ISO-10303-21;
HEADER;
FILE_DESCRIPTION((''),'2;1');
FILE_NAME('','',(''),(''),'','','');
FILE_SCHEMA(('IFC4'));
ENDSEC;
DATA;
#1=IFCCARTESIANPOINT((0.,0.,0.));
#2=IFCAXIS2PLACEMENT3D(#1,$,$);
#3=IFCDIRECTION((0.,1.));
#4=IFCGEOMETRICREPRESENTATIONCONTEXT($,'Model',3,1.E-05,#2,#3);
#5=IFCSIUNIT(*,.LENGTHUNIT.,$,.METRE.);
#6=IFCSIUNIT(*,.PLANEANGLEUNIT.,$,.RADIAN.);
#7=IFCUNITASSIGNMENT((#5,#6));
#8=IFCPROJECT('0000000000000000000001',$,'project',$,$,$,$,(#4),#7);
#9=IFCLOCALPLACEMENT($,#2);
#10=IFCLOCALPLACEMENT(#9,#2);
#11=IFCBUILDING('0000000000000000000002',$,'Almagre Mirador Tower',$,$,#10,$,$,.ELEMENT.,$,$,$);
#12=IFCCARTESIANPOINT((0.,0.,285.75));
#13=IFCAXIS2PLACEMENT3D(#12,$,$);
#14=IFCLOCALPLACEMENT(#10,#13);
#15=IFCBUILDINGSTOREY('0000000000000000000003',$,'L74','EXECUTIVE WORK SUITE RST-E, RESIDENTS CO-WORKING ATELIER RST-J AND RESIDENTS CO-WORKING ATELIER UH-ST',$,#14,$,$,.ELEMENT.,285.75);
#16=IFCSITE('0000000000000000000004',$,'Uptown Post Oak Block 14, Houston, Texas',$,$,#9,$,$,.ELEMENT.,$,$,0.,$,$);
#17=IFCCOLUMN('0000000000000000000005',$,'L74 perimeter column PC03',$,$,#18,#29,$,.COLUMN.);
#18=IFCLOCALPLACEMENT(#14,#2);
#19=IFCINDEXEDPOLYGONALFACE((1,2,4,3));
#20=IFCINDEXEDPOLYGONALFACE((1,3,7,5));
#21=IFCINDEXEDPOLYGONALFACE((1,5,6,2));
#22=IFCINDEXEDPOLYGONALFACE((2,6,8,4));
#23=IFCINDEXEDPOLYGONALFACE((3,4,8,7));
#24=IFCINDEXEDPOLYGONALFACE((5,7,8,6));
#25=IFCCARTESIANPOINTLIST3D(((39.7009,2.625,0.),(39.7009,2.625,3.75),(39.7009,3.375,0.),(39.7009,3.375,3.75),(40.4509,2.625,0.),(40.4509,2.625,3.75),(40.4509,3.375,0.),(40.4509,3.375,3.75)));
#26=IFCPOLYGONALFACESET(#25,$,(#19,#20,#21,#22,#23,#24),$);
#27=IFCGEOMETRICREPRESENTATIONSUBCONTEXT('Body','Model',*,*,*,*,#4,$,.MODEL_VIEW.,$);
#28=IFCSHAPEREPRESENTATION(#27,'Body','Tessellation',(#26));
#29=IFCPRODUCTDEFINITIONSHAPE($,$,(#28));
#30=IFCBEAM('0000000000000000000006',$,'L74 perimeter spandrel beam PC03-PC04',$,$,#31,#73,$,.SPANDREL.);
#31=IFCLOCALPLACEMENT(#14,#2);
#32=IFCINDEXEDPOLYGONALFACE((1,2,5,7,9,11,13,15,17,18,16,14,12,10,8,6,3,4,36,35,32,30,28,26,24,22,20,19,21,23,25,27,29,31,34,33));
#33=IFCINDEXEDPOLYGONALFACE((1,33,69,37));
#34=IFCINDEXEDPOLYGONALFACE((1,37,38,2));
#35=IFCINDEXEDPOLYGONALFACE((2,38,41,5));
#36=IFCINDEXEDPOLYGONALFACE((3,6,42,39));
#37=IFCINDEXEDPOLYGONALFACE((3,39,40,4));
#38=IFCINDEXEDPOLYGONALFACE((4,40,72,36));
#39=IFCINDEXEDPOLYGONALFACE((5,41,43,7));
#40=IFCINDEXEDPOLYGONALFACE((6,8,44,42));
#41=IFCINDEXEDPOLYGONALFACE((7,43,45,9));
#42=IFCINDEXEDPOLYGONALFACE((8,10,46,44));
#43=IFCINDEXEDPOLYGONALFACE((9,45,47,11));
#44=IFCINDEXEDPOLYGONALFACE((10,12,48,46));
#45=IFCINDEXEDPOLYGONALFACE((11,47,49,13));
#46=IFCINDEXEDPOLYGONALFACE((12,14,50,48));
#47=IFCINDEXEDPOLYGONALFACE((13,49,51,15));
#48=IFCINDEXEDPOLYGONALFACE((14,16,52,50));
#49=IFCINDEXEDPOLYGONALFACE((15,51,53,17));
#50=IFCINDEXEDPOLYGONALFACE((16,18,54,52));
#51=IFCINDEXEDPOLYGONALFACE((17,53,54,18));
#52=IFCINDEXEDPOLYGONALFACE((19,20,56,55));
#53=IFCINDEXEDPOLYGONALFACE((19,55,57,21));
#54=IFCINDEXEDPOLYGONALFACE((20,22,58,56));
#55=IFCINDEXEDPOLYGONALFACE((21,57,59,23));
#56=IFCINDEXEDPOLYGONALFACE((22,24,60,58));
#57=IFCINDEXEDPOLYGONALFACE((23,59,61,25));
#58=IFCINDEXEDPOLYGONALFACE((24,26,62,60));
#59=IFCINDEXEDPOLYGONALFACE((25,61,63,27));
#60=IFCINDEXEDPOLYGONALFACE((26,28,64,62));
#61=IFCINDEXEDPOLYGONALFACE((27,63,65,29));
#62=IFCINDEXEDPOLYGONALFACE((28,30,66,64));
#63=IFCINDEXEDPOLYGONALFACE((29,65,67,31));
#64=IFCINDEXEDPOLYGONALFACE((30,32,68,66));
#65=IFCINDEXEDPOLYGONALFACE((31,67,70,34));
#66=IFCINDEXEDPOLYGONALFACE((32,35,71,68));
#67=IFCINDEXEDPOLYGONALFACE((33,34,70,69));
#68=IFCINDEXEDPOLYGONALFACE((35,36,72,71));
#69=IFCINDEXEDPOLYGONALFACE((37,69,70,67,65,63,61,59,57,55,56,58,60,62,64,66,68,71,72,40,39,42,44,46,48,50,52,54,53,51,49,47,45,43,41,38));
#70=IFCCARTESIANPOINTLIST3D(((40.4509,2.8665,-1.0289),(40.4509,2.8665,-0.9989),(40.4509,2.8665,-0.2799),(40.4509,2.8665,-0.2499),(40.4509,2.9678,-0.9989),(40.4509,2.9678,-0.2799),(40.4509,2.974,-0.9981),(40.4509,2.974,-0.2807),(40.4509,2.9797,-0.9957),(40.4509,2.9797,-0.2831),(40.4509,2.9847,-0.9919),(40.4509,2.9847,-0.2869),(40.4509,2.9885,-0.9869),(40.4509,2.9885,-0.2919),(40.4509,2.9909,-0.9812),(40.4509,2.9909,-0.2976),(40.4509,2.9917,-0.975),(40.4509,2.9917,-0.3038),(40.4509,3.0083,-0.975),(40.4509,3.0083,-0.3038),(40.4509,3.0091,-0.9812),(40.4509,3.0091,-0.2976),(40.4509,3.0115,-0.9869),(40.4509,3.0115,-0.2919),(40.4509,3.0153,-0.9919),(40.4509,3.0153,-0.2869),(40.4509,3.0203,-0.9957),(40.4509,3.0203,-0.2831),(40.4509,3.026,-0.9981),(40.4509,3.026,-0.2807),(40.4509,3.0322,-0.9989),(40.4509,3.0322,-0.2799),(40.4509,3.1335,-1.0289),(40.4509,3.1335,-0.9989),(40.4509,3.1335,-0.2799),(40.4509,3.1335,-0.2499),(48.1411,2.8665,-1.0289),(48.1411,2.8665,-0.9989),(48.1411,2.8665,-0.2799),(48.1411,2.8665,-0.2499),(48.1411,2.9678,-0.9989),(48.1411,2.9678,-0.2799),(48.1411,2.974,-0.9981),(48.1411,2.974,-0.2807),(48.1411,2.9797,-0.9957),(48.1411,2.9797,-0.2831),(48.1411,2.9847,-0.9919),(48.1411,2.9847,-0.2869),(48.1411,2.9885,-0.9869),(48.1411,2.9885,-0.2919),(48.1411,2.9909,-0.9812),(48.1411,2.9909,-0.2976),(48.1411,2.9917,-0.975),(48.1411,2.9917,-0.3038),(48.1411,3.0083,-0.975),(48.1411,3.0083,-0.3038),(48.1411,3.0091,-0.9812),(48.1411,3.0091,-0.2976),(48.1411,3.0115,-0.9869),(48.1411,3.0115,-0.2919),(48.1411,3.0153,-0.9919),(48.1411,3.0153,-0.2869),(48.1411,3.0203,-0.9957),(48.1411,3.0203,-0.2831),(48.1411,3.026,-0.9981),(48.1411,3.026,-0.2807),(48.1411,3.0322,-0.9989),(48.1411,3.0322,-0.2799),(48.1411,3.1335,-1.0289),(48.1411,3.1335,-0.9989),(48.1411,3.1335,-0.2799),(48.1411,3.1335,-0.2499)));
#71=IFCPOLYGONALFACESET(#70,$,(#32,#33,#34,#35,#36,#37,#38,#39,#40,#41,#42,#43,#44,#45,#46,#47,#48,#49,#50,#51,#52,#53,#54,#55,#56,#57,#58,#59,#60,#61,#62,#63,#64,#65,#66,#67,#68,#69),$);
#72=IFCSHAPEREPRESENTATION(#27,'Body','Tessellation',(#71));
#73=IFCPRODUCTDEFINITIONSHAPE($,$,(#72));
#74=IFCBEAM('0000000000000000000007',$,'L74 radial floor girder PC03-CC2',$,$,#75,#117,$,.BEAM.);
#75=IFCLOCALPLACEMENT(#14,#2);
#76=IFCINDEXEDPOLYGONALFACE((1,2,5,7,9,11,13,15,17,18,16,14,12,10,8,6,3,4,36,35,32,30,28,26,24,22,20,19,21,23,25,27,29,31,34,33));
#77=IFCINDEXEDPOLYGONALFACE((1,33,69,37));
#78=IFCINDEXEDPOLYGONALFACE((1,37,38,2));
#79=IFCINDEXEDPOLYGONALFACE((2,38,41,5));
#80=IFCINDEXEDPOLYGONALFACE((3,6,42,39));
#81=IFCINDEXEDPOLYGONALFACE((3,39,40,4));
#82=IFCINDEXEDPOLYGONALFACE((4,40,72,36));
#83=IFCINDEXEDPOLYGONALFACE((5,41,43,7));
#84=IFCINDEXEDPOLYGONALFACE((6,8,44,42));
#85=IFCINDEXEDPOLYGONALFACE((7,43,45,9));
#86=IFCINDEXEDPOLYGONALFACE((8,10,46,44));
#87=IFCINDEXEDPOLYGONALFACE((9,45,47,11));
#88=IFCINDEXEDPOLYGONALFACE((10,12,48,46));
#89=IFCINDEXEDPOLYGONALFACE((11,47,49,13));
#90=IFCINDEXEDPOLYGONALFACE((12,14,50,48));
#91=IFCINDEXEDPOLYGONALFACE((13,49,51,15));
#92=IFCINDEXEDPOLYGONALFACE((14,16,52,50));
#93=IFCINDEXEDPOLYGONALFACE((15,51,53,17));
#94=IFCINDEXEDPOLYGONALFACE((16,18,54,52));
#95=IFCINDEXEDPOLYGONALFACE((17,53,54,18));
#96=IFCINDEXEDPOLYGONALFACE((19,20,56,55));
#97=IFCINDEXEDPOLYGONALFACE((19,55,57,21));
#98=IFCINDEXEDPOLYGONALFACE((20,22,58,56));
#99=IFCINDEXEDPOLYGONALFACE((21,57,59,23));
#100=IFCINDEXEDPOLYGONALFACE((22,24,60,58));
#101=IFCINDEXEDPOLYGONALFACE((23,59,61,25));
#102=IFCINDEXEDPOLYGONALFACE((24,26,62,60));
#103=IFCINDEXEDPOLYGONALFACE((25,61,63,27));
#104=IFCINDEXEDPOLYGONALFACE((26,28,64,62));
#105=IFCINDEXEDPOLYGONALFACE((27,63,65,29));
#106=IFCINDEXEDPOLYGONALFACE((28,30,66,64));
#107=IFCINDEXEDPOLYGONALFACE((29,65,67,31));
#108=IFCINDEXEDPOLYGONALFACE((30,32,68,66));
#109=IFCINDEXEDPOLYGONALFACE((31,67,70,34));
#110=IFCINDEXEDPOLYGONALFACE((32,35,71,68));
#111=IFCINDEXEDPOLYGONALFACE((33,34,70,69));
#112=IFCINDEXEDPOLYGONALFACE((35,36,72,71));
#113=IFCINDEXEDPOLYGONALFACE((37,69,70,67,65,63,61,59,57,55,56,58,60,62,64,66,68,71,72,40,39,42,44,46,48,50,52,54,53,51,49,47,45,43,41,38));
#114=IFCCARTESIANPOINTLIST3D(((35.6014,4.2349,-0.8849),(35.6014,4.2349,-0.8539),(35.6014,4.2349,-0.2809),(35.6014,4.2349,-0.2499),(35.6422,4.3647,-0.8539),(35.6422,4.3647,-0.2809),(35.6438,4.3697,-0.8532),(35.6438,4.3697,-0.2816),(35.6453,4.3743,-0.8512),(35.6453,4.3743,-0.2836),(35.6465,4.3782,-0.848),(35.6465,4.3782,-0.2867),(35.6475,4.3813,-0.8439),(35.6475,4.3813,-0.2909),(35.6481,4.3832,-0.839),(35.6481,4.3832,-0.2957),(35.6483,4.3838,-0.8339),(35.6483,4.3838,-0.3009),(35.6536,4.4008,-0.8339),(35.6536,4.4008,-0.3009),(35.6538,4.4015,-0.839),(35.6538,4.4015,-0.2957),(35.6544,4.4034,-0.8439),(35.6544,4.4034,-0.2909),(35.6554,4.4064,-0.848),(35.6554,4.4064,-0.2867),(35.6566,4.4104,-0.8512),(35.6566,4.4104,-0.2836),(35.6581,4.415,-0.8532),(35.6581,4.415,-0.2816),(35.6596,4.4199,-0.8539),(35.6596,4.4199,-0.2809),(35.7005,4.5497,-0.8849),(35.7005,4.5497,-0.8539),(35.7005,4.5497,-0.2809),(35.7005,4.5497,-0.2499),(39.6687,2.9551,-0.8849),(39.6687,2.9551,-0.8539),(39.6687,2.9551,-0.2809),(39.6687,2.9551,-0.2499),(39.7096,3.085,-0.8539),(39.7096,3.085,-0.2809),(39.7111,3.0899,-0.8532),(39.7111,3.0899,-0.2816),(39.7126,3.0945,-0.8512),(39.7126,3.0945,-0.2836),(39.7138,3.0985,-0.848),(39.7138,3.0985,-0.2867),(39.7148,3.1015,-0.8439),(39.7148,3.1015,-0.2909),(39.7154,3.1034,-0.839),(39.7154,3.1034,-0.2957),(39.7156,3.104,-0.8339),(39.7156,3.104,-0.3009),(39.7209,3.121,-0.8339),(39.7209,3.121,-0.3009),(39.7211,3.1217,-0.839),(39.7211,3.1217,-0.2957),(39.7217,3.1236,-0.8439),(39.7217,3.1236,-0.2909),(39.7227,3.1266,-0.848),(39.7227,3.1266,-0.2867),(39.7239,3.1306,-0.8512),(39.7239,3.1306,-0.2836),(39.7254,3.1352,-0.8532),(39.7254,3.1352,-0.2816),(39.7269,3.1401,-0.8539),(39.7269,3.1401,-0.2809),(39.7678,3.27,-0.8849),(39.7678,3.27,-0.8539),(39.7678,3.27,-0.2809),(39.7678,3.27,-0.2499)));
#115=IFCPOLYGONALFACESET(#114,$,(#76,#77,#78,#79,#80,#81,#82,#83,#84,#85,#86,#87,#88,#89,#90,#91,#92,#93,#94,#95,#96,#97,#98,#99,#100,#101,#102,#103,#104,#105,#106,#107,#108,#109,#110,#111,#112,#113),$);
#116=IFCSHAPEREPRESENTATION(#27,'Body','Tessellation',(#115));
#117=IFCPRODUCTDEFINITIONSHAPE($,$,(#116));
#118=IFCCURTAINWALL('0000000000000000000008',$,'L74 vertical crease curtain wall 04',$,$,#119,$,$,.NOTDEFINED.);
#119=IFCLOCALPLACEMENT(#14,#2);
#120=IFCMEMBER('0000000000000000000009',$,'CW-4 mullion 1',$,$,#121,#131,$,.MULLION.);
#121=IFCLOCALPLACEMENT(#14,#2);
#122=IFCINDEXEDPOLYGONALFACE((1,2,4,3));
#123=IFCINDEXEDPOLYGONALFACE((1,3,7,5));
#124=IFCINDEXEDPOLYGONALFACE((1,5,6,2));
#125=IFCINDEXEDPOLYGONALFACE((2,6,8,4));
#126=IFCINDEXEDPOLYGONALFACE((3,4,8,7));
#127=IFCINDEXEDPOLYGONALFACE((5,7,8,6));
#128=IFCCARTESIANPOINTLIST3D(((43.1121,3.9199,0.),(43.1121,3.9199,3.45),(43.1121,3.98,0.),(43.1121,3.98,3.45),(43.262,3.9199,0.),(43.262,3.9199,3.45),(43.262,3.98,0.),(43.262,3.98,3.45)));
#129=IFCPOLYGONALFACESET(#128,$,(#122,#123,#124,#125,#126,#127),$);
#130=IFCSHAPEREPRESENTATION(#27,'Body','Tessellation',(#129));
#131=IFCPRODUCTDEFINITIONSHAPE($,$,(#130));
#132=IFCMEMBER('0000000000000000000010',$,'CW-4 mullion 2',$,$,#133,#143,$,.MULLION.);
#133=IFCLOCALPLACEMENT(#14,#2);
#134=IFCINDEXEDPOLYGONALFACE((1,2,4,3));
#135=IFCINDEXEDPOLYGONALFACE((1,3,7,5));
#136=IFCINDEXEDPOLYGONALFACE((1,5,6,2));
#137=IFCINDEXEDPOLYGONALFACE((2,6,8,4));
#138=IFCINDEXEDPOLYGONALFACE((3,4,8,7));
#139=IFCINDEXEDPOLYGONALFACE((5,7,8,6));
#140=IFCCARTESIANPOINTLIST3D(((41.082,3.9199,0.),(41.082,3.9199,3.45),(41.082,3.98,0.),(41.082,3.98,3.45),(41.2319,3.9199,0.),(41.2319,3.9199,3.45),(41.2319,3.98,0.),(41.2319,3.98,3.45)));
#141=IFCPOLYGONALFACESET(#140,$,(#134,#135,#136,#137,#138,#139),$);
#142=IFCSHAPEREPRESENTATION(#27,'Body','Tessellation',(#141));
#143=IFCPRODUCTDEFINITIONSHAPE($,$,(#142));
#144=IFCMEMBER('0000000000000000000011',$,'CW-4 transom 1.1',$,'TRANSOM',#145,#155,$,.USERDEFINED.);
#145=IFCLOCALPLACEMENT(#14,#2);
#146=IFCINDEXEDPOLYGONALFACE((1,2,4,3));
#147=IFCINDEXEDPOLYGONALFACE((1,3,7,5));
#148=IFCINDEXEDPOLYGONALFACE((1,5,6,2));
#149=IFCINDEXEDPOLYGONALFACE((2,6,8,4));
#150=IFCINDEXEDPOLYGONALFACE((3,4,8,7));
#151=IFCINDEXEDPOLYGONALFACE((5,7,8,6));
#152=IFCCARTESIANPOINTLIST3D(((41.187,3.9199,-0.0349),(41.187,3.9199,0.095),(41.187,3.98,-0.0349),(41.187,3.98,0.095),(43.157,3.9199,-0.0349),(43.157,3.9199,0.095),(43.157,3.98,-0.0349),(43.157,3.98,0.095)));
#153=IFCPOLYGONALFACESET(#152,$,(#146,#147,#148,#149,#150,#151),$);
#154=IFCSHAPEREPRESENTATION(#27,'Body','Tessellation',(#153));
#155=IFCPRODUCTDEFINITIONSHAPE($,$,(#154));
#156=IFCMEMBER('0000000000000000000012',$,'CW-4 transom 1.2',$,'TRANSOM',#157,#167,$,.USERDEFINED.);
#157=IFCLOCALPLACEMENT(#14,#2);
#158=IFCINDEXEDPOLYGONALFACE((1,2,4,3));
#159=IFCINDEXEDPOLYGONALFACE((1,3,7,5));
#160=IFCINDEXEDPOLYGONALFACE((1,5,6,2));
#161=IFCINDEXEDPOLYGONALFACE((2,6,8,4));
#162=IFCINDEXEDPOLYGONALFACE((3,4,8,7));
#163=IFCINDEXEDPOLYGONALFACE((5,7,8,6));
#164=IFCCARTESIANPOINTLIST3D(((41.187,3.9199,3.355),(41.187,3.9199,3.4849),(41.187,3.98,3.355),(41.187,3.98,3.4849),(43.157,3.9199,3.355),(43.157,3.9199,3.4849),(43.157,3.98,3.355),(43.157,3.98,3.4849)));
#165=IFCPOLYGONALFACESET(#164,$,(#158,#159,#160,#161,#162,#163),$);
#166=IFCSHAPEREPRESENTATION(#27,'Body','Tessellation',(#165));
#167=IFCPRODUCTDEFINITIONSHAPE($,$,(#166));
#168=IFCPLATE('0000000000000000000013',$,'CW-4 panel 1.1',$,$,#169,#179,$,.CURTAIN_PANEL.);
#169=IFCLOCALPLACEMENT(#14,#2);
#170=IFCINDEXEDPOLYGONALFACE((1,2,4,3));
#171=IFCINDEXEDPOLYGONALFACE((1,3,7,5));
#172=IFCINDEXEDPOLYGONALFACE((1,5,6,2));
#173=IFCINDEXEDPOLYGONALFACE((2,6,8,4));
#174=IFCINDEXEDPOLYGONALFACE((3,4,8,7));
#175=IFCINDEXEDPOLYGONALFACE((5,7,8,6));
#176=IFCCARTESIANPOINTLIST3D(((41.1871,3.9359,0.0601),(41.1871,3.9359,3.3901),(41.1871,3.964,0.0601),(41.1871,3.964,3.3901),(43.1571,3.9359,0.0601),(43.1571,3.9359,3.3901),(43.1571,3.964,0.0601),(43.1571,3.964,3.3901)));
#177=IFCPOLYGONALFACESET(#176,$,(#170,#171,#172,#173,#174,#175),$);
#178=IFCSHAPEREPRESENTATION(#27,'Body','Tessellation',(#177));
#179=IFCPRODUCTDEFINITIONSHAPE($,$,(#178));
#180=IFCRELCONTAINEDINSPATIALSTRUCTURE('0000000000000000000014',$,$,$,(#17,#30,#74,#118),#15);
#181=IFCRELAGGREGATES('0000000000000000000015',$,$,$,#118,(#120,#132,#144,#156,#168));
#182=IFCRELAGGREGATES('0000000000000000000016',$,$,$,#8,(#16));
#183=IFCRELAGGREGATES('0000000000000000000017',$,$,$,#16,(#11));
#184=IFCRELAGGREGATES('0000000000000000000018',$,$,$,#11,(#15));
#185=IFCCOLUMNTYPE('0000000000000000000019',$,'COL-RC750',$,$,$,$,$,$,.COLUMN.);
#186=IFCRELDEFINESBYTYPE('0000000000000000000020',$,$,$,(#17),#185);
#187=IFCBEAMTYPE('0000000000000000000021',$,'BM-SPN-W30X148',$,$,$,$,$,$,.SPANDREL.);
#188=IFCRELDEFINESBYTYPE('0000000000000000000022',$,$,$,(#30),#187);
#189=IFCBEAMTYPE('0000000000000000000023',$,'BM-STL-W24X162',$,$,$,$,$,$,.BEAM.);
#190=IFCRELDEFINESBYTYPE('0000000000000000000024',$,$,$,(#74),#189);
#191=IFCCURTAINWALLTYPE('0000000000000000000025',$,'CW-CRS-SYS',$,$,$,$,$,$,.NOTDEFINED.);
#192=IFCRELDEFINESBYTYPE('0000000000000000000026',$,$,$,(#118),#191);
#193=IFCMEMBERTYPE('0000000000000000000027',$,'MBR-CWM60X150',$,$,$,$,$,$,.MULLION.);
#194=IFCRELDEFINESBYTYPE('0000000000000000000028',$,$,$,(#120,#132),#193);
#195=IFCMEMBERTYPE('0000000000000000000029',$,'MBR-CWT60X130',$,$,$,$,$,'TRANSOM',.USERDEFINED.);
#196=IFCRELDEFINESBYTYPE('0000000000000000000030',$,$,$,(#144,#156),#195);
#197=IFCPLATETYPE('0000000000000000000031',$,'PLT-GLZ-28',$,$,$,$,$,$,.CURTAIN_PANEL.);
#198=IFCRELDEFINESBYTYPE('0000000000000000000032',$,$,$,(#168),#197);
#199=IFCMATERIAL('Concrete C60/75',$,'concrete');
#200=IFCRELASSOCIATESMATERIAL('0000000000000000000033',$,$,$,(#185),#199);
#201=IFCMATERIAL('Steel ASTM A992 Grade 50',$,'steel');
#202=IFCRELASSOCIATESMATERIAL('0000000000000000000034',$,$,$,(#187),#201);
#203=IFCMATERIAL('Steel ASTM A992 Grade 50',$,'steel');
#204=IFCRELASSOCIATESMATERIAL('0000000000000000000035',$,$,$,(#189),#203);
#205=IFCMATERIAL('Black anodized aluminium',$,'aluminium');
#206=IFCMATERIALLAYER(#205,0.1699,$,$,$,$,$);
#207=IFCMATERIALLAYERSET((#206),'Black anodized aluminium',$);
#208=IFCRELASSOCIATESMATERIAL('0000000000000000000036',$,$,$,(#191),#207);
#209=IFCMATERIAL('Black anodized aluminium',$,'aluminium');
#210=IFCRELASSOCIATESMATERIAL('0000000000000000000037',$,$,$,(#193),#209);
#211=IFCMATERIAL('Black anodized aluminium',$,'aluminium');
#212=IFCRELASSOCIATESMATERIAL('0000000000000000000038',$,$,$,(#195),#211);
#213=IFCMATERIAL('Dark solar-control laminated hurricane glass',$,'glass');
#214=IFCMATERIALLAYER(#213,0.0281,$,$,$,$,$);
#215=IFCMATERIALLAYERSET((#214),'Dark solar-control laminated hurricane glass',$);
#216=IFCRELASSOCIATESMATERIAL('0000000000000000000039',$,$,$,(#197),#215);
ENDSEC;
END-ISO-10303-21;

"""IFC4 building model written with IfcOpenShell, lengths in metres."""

from ifc_helpers import new_model, si_unit, direction, frame, origin, origin_2d, place, context, subcontext, project, spatial, rectangle, i_section, extrude, material, layer, layer_set, material_profile, profile_set, type_object, element, aggregate, save


model = new_model("IFC4")

# Units and contexts
model_context = context("Model", 3, precision=1e-05, world=origin(), true_north=direction((0.0, 1.0)))
body_context = subcontext(model_context, "Body", "Model", "MODEL_VIEW")
ifc_project = project(units=[si_unit("LENGTHUNIT", "METRE"), si_unit("PLANEANGLEUNIT", "RADIAN")], contexts=[model_context])

# Site, building, storey
site_placement = place(None, origin())
site = spatial("IfcSite", under=ifc_project, at=site_placement, Name="Uptown Post Oak Block 14, Houston, Texas", CompositionType="ELEMENT", RefElevation=0.0)
building_placement = place(site_placement, origin())
building = spatial("IfcBuilding", under=site, at=building_placement, Name="Almagre Mirador Tower", CompositionType="ELEMENT")
storey_placement = place(building_placement, frame((0.0, 0.0, 285.75)))
storey = spatial("IfcBuildingStorey", under=building, at=storey_placement, Name="L74", Description="EXECUTIVE WORK SUITE RST-E, RESIDENTS CO-WORKING ATELIER RST-J AND RESIDENTS CO-WORKING ATELIER UH-ST", CompositionType="ELEMENT", Elevation=285.75)

# Column
ifc_material_1 = material(Name="Concrete C60/75", Category="concrete")
ifc_material_profile_1 = material_profile(ifc_material_1, rectangle(XDim=0.75, YDim=0.75, at=origin_2d()), Name="RC750X750")
ifc_profile_set_1 = profile_set([ifc_material_profile_1], Name="Concrete C60/75")
column_type = type_object("IfcColumnType", Name="COL-RC750", PredefinedType="COLUMN", material=ifc_profile_set_1)
column_placement = place(storey_placement, frame((40.0759, 3.0, 0.0), z_axis=(0.0, 0.0, 1.0), x_axis=(1.0, 0.0, 0.0)))
element("IfcColumn", 1, at=column_placement, inside=storey, type_object=column_type, Name="L74 perimeter column PC03", PredefinedType="COLUMN", context=body_context, shape_type="SweptSolid", body=[
    extrude(rectangle(XDim=0.75, YDim=0.75, at=origin_2d()), origin(), (0.0, 0.0, 1.0), 3.75),
])

# Beams
ifc_material_2 = material(Name="Steel ASTM A992 Grade 50", Category="steel")
ifc_material_profile_2 = material_profile(ifc_material_2, i_section(OverallWidth=0.2671, OverallDepth=0.7791, WebThickness=0.0166, FlangeThickness=0.03, FilletRadius=0.0239, at=origin_2d()), Name="W30X148")
ifc_profile_set_2 = profile_set([ifc_material_profile_2], Name="Steel ASTM A992 Grade 50")
beam_type_1 = type_object("IfcBeamType", Name="BM-SPN-W30X148", PredefinedType="SPANDREL", material=ifc_profile_set_2)
beam_1_placement = place(storey_placement, frame((40.4509, 3.0, -0.6394), z_axis=(1.0, 0.0, 0.0), x_axis=(0.0, 1.0, 0.0)))
element("IfcBeam", 2, at=beam_1_placement, inside=storey, type_object=beam_type_1, Name="L74 perimeter spandrel beam PC03-PC04", PredefinedType="SPANDREL", context=body_context, shape_type="SweptSolid", body=[
    extrude(i_section(OverallWidth=0.2671, OverallDepth=0.7791, WebThickness=0.0166, FlangeThickness=0.03, FilletRadius=0.0239, at=origin_2d()), origin(), (0.0, 0.0, 1.0), 7.6902),
])
ifc_material_3 = material(Name="Steel ASTM A992 Grade 50", Category="steel")
ifc_material_profile_3 = material_profile(ifc_material_3, i_section(OverallWidth=0.3301, OverallDepth=0.635, WebThickness=0.0178, FlangeThickness=0.031, FilletRadius=0.02, at=origin_2d()), Name="W24X162")
ifc_profile_set_3 = profile_set([ifc_material_profile_3], Name="Steel ASTM A992 Grade 50")
beam_type_2 = type_object("IfcBeamType", Name="BM-STL-W24X162", PredefinedType="BEAM", material=ifc_profile_set_3)
beam_2_placement = place(storey_placement, frame((39.7183, 3.1125, -0.5674), z_axis=(-0.953895, 0.300139, 0.0), x_axis=(-0.300139, -0.953895, 0.0)))
element("IfcBeam", 3, at=beam_2_placement, inside=storey, type_object=beam_type_2, Name="L74 radial floor girder PC03-CC2", PredefinedType="BEAM", context=body_context, shape_type="SweptSolid", body=[
    extrude(i_section(OverallWidth=0.3301, OverallDepth=0.635, WebThickness=0.0178, FlangeThickness=0.031, FilletRadius=0.02, at=origin_2d()), origin(), (0.0, 0.0, 1.0), 4.2639),
])

# Curtain wall, members, plate
ifc_material_4 = material(Name="Black anodized aluminium", Category="aluminium")
ifc_layer_1 = layer(ifc_material_4, 0.1699)
ifc_layer_set_1 = layer_set([ifc_layer_1], Name="Black anodized aluminium")
curtain_wall_type = type_object("IfcCurtainWallType", Name="CW-CRS-SYS", PredefinedType="NOTDEFINED", material=ifc_layer_set_1)
curtain_wall_placement = place(storey_placement, origin())
curtain_wall = element("IfcCurtainWall", 4, at=curtain_wall_placement, inside=storey, type_object=curtain_wall_type, Name="L74 vertical crease curtain wall 04", PredefinedType="NOTDEFINED")
ifc_material_5 = material(Name="Black anodized aluminium", Category="aluminium")
ifc_material_profile_4 = material_profile(ifc_material_5, rectangle(XDim=0.0601, YDim=0.1499, at=origin_2d()), Name="CWM60X150")
ifc_profile_set_4 = profile_set([ifc_material_profile_4], Name="Black anodized aluminium")
member_type_1 = type_object("IfcMemberType", Name="MBR-CWM60X150", PredefinedType="MULLION", material=ifc_profile_set_4)
member_1_placement = place(storey_placement, frame((43.187, 3.95, 0.0), z_axis=(0.0, 0.0, 1.0), x_axis=(0.0, -1.0, 0.0)))
member_1 = element("IfcMember", 5, at=member_1_placement, type_object=member_type_1, Name="CW-4 mullion 1", PredefinedType="MULLION", context=body_context, shape_type="SweptSolid", body=[
    extrude(rectangle(XDim=0.0601, YDim=0.1499, at=origin_2d()), origin(), (0.0, 0.0, 1.0), 3.45),
])
member_2_placement = place(storey_placement, frame((41.157, 3.95, 0.0), z_axis=(0.0, 0.0, 1.0), x_axis=(0.0, -1.0, 0.0)))
member_2 = element("IfcMember", 6, at=member_2_placement, type_object=member_type_1, Name="CW-4 mullion 2", PredefinedType="MULLION", context=body_context, shape_type="SweptSolid", body=[
    extrude(rectangle(XDim=0.0601, YDim=0.1499, at=origin_2d()), origin(), (0.0, 0.0, 1.0), 3.45),
])
ifc_material_6 = material(Name="Black anodized aluminium", Category="aluminium")
ifc_material_profile_5 = material_profile(ifc_material_6, rectangle(XDim=0.0601, YDim=0.1299, at=origin_2d()), Name="CWT60X130")
ifc_profile_set_5 = profile_set([ifc_material_profile_5], Name="Black anodized aluminium")
member_type_2 = type_object("IfcMemberType", Name="MBR-CWT60X130", ElementType="TRANSOM", PredefinedType="USERDEFINED", material=ifc_profile_set_5)
member_3_placement = place(storey_placement, frame((43.157, 3.95, 0.03), z_axis=(-1.0, 0.0, 0.0), x_axis=(0.0, -1.0, 0.0)))
member_3 = element("IfcMember", 7, at=member_3_placement, type_object=member_type_2, Name="CW-4 transom 1.1", ObjectType="TRANSOM", PredefinedType="USERDEFINED", context=body_context, shape_type="SweptSolid", body=[
    extrude(rectangle(XDim=0.0601, YDim=0.1299, at=origin_2d()), origin(), (0.0, 0.0, 1.0), 1.97),
])
member_4_placement = place(storey_placement, frame((43.157, 3.95, 3.4199), z_axis=(-1.0, 0.0, 0.0), x_axis=(0.0, -1.0, 0.0)))
member_4 = element("IfcMember", 8, at=member_4_placement, type_object=member_type_2, Name="CW-4 transom 1.2", ObjectType="TRANSOM", PredefinedType="USERDEFINED", context=body_context, shape_type="SweptSolid", body=[
    extrude(rectangle(XDim=0.0601, YDim=0.1299, at=origin_2d()), origin(), (0.0, 0.0, 1.0), 1.97),
])
ifc_material_7 = material(Name="Dark solar-control laminated hurricane glass", Category="glass")
ifc_layer_2 = layer(ifc_material_7, 0.0281)
ifc_layer_set_2 = layer_set([ifc_layer_2], Name="Dark solar-control laminated hurricane glass")
plate_type = type_object("IfcPlateType", Name="PLT-GLZ-28", PredefinedType="CURTAIN_PANEL", material=ifc_layer_set_2)
plate_placement = place(storey_placement, frame((42.1721, 3.95, 0.0601), z_axis=(0.0, 0.0, 1.0), x_axis=(-1.0, 0.0, 0.0)))
plate = element("IfcPlate", 9, at=plate_placement, type_object=plate_type, Name="CW-4 panel 1.1", PredefinedType="CURTAIN_PANEL", context=body_context, shape_type="SweptSolid", body=[
    extrude(rectangle(XDim=1.97, YDim=0.0281, at=origin_2d()), origin(), (0.0, 0.0, 1.0), 3.3301),
])
aggregate(curtain_wall, [member_1, member_2, member_3, member_4, plate])

save(model, "model.ifc")
